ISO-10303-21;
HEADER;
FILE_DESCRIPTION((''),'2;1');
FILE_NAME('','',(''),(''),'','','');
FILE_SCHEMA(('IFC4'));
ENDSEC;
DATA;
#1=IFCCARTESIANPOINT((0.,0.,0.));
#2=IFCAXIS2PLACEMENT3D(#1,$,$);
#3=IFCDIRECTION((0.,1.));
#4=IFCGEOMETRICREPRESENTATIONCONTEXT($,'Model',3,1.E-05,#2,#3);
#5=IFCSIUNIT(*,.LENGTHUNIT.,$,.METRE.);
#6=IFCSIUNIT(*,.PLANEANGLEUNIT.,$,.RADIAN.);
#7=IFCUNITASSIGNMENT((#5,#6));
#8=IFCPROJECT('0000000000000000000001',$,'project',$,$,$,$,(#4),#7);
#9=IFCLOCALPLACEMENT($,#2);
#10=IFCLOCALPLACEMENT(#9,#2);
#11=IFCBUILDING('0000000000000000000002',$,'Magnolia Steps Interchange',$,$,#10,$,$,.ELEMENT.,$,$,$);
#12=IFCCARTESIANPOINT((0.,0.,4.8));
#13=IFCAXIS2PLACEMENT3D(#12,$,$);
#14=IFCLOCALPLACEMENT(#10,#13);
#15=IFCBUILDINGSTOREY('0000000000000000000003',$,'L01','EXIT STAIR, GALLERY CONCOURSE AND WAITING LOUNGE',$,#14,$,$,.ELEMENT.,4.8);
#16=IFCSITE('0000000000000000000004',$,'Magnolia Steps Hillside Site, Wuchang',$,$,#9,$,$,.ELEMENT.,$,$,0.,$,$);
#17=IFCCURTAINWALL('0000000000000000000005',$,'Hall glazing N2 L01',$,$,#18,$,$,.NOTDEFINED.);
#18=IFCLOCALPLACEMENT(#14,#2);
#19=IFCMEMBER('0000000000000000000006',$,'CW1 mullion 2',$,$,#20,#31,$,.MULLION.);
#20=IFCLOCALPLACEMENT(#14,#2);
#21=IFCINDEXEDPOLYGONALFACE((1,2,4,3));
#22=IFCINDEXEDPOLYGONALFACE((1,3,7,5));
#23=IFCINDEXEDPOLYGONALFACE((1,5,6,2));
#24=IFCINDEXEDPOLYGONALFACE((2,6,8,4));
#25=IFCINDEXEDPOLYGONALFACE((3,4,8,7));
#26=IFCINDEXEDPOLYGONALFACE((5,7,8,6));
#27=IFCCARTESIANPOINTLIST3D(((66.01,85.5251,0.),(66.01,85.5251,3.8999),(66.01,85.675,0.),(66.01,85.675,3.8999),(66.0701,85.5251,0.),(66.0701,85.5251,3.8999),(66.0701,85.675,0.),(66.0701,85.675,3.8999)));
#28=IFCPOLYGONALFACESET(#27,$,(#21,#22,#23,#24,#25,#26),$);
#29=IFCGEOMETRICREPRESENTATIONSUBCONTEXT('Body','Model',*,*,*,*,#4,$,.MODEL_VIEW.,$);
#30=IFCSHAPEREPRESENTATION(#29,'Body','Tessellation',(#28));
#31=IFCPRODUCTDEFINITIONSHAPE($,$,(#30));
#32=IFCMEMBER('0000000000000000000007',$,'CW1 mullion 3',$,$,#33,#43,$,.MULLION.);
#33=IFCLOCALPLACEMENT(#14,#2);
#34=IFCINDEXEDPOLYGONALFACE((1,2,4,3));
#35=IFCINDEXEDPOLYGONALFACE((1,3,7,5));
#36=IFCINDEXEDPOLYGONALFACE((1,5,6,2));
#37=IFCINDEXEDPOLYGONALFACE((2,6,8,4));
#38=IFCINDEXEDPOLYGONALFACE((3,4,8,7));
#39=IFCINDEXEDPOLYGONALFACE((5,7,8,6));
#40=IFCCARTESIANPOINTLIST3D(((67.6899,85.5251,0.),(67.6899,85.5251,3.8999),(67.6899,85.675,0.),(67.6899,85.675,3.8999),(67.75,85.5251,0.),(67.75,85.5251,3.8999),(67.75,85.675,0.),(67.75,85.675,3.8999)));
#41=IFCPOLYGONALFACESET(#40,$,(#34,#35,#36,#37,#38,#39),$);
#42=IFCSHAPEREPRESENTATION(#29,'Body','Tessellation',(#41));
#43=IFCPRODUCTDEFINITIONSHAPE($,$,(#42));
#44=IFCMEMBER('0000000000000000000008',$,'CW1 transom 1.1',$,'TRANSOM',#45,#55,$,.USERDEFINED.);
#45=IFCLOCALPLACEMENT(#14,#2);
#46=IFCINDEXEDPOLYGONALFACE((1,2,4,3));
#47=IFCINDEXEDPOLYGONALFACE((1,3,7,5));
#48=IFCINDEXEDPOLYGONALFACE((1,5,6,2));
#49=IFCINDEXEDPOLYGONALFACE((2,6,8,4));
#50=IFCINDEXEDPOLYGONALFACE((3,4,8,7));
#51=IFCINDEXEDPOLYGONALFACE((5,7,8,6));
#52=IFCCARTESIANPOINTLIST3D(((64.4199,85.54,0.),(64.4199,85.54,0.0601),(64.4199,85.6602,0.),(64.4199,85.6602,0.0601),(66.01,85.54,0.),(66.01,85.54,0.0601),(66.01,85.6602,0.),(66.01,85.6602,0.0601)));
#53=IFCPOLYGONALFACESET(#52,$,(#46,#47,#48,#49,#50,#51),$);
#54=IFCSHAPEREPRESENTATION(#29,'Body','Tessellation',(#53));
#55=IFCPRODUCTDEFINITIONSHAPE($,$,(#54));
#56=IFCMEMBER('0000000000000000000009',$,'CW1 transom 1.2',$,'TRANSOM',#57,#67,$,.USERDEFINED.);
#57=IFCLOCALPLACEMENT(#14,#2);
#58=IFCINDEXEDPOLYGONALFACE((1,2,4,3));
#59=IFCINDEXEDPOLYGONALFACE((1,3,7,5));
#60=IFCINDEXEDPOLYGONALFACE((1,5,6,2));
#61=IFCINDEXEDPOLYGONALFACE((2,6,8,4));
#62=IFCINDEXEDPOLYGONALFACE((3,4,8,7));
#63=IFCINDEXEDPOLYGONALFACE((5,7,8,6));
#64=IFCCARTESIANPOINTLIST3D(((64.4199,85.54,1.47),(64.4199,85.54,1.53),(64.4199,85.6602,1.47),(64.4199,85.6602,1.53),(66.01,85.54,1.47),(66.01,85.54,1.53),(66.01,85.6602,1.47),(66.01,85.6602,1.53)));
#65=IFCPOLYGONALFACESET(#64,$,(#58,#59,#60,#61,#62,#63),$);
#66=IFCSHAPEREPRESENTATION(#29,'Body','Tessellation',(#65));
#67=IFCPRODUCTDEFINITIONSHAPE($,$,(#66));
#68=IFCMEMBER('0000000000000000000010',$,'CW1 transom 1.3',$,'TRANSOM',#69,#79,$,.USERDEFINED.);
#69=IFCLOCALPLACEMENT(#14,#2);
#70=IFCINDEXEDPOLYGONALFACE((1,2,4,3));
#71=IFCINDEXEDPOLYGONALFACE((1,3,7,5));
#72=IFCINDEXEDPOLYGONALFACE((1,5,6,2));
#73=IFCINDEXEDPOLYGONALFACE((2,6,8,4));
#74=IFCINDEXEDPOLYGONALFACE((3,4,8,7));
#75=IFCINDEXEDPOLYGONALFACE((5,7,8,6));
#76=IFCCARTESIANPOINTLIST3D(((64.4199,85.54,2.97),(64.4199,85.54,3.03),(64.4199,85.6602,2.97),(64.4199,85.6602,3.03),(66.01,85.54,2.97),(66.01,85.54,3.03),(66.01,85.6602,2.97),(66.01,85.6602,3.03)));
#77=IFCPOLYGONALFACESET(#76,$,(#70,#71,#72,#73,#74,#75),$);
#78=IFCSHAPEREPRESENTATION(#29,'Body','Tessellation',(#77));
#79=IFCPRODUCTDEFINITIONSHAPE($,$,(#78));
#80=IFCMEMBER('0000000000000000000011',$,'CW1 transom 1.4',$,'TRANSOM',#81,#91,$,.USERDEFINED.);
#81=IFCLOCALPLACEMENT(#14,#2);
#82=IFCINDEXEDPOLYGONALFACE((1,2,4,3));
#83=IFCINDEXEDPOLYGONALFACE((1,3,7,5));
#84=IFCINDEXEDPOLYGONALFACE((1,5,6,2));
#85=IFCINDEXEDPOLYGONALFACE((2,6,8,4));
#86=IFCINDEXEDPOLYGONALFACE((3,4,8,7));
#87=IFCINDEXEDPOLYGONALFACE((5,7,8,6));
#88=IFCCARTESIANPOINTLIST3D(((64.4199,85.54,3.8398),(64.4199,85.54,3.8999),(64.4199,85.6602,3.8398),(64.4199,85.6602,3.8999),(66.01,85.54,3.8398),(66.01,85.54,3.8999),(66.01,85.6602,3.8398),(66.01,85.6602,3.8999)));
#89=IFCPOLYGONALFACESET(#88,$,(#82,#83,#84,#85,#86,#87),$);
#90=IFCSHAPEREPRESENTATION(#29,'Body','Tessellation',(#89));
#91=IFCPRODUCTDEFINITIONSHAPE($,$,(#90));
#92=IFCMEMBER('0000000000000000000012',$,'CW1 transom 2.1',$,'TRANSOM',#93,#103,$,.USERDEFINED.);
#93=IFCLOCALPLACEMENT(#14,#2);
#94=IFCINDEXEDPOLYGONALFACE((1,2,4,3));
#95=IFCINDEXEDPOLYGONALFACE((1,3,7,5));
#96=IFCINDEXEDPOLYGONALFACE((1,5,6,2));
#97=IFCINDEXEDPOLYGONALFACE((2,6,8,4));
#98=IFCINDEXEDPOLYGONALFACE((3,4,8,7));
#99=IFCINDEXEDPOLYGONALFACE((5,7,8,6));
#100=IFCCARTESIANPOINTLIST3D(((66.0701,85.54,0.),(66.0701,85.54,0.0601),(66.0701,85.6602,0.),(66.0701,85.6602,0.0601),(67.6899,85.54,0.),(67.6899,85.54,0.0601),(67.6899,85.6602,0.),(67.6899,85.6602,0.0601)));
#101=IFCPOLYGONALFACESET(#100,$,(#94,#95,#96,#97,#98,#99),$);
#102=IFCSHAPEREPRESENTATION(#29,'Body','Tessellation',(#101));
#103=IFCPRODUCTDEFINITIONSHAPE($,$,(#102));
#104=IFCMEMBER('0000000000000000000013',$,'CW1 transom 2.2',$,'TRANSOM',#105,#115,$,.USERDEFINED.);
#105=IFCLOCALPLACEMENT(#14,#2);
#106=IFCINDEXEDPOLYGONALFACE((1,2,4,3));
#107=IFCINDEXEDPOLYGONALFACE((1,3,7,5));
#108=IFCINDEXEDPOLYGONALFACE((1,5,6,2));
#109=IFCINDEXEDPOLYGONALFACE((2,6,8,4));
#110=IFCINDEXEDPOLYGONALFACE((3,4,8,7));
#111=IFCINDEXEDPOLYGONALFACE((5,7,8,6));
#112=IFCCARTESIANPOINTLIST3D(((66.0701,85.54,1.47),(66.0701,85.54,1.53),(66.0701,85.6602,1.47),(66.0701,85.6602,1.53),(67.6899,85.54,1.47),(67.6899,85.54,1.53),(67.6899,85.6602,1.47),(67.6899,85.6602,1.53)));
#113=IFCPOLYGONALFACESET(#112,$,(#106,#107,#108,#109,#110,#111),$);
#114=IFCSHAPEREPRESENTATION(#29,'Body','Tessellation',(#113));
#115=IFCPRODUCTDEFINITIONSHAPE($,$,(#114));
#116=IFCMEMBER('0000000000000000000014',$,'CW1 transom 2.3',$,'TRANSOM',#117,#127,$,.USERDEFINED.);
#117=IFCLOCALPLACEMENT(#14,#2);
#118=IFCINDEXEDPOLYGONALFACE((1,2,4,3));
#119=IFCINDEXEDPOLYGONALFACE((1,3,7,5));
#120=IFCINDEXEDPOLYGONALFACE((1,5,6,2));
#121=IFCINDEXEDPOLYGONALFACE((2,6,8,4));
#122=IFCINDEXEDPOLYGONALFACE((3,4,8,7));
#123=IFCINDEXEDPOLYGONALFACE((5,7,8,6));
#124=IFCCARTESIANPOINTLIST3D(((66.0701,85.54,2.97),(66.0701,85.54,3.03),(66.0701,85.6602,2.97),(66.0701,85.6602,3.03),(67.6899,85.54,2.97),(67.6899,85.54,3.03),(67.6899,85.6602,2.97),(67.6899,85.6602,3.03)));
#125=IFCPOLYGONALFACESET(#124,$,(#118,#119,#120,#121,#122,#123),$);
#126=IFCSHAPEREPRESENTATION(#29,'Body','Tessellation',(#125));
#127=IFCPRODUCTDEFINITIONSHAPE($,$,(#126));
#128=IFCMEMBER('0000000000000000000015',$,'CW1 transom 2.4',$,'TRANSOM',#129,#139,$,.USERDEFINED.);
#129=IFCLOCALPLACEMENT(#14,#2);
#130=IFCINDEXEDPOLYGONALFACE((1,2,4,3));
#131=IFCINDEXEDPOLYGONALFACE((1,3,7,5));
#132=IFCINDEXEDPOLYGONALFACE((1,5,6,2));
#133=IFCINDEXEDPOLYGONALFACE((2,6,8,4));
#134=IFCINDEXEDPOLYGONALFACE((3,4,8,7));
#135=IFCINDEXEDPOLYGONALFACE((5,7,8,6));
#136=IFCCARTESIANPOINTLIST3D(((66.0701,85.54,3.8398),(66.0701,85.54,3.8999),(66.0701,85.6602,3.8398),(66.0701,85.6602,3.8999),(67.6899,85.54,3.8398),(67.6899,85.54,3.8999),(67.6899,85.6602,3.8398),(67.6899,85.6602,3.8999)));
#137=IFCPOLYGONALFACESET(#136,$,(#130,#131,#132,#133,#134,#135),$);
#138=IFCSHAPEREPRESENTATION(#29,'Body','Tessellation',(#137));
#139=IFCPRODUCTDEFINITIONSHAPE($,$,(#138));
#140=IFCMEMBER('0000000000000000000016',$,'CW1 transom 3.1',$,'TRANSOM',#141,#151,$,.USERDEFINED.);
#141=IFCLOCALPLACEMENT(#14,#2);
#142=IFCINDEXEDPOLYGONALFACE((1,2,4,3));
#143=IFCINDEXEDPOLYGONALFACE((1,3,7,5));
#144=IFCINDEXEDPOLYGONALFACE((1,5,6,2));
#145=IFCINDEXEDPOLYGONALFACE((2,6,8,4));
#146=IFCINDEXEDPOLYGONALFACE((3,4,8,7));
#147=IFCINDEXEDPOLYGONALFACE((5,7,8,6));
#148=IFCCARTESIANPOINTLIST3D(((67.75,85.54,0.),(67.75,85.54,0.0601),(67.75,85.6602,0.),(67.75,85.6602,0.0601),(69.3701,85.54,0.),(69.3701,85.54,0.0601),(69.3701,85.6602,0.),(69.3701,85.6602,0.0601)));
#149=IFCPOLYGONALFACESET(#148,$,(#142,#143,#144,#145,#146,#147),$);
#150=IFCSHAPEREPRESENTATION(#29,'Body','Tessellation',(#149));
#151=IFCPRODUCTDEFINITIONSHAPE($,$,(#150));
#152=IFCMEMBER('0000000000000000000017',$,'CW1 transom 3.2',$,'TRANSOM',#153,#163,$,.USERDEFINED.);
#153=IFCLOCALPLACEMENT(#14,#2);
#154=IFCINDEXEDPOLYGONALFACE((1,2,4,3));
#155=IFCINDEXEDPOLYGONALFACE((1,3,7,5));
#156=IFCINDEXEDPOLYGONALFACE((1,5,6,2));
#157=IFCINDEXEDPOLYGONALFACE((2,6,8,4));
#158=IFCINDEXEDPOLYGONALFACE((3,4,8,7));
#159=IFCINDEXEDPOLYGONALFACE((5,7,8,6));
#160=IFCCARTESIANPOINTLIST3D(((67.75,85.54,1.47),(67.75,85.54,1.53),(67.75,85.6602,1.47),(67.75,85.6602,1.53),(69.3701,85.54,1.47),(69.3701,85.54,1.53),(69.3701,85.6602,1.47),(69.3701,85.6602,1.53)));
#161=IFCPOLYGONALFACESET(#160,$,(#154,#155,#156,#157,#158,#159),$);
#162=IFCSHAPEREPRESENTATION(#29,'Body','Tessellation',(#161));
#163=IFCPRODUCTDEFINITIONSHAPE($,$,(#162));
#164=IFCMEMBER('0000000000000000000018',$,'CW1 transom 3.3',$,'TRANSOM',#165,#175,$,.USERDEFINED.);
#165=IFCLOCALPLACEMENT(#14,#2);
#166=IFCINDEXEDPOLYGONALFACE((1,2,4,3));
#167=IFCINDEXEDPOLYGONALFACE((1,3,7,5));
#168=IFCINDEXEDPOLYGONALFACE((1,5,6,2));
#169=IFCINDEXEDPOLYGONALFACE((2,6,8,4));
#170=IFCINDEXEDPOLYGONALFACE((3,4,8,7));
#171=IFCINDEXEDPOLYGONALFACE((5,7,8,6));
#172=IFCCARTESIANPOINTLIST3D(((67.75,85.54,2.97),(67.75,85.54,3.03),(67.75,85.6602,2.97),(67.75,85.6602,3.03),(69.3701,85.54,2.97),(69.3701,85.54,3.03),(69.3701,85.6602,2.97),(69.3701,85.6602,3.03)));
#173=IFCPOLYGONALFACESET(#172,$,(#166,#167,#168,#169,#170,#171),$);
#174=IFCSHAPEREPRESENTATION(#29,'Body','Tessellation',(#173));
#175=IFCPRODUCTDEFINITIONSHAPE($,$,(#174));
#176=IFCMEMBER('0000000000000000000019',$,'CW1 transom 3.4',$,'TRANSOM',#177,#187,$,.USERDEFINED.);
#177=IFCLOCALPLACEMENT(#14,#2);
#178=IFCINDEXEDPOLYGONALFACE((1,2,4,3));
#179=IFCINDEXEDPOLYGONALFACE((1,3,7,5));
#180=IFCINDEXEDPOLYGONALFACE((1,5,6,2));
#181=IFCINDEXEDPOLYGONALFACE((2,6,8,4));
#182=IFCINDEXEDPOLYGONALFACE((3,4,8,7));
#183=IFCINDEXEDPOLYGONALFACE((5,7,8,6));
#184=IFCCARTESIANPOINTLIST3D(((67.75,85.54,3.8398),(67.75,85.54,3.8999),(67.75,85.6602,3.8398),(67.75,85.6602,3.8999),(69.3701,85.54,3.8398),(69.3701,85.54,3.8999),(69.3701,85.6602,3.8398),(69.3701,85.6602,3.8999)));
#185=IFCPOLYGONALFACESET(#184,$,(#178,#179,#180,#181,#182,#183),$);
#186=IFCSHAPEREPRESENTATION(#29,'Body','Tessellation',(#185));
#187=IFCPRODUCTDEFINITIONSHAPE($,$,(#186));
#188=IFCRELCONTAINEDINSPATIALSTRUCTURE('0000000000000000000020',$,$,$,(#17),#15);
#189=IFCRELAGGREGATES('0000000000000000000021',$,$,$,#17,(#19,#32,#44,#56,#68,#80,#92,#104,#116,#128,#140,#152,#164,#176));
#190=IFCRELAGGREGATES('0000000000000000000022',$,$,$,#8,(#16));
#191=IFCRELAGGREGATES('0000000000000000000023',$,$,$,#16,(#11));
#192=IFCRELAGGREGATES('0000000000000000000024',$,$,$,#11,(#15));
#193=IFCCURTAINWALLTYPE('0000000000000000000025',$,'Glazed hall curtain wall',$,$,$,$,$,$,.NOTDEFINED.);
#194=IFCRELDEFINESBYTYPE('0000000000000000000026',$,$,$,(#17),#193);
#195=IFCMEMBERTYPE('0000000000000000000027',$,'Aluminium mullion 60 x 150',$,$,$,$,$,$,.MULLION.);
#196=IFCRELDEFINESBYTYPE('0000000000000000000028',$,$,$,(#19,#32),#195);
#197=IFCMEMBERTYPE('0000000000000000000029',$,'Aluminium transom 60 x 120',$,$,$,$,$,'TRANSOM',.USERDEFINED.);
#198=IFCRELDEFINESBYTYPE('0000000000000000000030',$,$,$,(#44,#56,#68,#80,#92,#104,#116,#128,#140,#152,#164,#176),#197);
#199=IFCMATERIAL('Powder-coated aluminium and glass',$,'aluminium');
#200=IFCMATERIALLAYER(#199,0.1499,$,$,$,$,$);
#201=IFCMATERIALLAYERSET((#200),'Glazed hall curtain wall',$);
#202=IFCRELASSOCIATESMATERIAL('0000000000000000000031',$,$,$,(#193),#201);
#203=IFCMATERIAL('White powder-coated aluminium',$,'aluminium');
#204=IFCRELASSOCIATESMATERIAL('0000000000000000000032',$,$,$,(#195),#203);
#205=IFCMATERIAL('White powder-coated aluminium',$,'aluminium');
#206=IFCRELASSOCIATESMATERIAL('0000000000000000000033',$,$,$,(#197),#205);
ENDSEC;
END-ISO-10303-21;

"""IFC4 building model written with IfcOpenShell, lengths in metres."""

from ifc_helpers import new_model, si_unit, direction, frame, origin, origin_2d, place, context, subcontext, project, spatial, rectangle, extrude, material, layer, layer_set, material_profile, profile_set, type_object, element, aggregate, save


model = new_model("IFC4")

# Units and contexts
model_context = context("Model", 3, precision=1e-05, world=origin(), true_north=direction((0.0, 1.0)))
body_context = subcontext(model_context, "Body", "Model", "MODEL_VIEW")
ifc_project = project(units=[si_unit("LENGTHUNIT", "METRE"), si_unit("PLANEANGLEUNIT", "RADIAN")], contexts=[model_context])

# Site, building, storey
site_placement = place(None, origin())
site = spatial("IfcSite", under=ifc_project, at=site_placement, Name="Magnolia Steps Hillside Site, Wuchang", CompositionType="ELEMENT", RefElevation=0.0)
building_placement = place(site_placement, origin())
building = spatial("IfcBuilding", under=site, at=building_placement, Name="Magnolia Steps Interchange", CompositionType="ELEMENT")
storey_placement = place(building_placement, frame((0.0, 0.0, 4.8)))
storey = spatial("IfcBuildingStorey", under=building, at=storey_placement, Name="L01", Description="EXIT STAIR, GALLERY CONCOURSE AND WAITING LOUNGE", CompositionType="ELEMENT", Elevation=4.8)

# Curtain wall, members
ifc_material_1 = material(Name="Powder-coated aluminium and glass", Category="aluminium")
ifc_layer_1 = layer(ifc_material_1, 0.1499)
ifc_layer_set_1 = layer_set([ifc_layer_1], Name="Glazed hall curtain wall")
curtain_wall_type = type_object("IfcCurtainWallType", Name="Glazed hall curtain wall", PredefinedType="NOTDEFINED", material=ifc_layer_set_1)
curtain_wall_placement = place(storey_placement, origin())
curtain_wall = element("IfcCurtainWall", 1, at=curtain_wall_placement, inside=storey, type_object=curtain_wall_type, Name="Hall glazing N2 L01", PredefinedType="NOTDEFINED")
ifc_material_2 = material(Name="White powder-coated aluminium", Category="aluminium")
ifc_material_profile_1 = material_profile(ifc_material_2, rectangle(XDim=0.0601, YDim=0.1499, at=origin_2d()), Name="Aluminium mullion 60 x 150")
ifc_profile_set_1 = profile_set([ifc_material_profile_1], Name="White powder-coated aluminium")
member_type_1 = type_object("IfcMemberType", Name="Aluminium mullion 60 x 150", PredefinedType="MULLION", material=ifc_profile_set_1)
member_1_placement = place(storey_placement, frame((66.04, 85.6001, 0.0), z_axis=(0.0, 0.0, 1.0), x_axis=(1.0, 0.0, 0.0)))
member_1 = element("IfcMember", 2, at=member_1_placement, type_object=member_type_1, Name="CW1 mullion 2", PredefinedType="MULLION", context=body_context, shape_type="SweptSolid", body=[
    extrude(rectangle(XDim=0.0601, YDim=0.1499, at=origin_2d()), origin(), (0.0, 0.0, 1.0), 3.8999),
])
member_2_placement = place(storey_placement, frame((67.72, 85.6001, 0.0), z_axis=(0.0, 0.0, 1.0), x_axis=(1.0, 0.0, 0.0)))
member_2 = element("IfcMember", 3, at=member_2_placement, type_object=member_type_1, Name="CW1 mullion 3", PredefinedType="MULLION", context=body_context, shape_type="SweptSolid", body=[
    extrude(rectangle(XDim=0.0601, YDim=0.1499, at=origin_2d()), origin(), (0.0, 0.0, 1.0), 3.8999),
])
ifc_material_3 = material(Name="White powder-coated aluminium", Category="aluminium")
ifc_material_profile_2 = material_profile(ifc_material_3, rectangle(XDim=0.0601, YDim=0.1201, at=origin_2d()), Name="Aluminium transom 60 x 120")
ifc_profile_set_2 = profile_set([ifc_material_profile_2], Name="White powder-coated aluminium")
member_type_2 = type_object("IfcMemberType", Name="Aluminium transom 60 x 120", ElementType="TRANSOM", PredefinedType="USERDEFINED", material=ifc_profile_set_2)
member_3_placement = place(storey_placement, frame((64.4199, 85.6001, 0.03), z_axis=(1.0, 0.0, 0.0), x_axis=(0.0, 0.0, 1.0)))
member_3 = element("IfcMember", 4, at=member_3_placement, type_object=member_type_2, Name="CW1 transom 1.1", ObjectType="TRANSOM", PredefinedType="USERDEFINED", context=body_context, shape_type="SweptSolid", body=[
    extrude(rectangle(XDim=0.0601, YDim=0.1201, at=origin_2d()), origin(), (0.0, 0.0, 1.0), 1.5901),
])
member_4_placement = place(storey_placement, frame((64.4199, 85.6001, 1.5), z_axis=(1.0, 0.0, 0.0), x_axis=(0.0, 0.0, 1.0)))
member_4 = element("IfcMember", 5, at=member_4_placement, type_object=member_type_2, Name="CW1 transom 1.2", ObjectType="TRANSOM", PredefinedType="USERDEFINED", context=body_context, shape_type="SweptSolid", body=[
    extrude(rectangle(XDim=0.0601, YDim=0.1201, at=origin_2d()), origin(), (0.0, 0.0, 1.0), 1.5901),
])
member_5_placement = place(storey_placement, frame((64.4199, 85.6001, 3.0), z_axis=(1.0, 0.0, 0.0), x_axis=(0.0, 0.0, 1.0)))
member_5 = element("IfcMember", 6, at=member_5_placement, type_object=member_type_2, Name="CW1 transom 1.3", ObjectType="TRANSOM", PredefinedType="USERDEFINED", context=body_context, shape_type="SweptSolid", body=[
    extrude(rectangle(XDim=0.0601, YDim=0.1201, at=origin_2d()), origin(), (0.0, 0.0, 1.0), 1.5901),
])
member_6_placement = place(storey_placement, frame((64.4199, 85.6001, 3.8699), z_axis=(1.0, 0.0, 0.0), x_axis=(0.0, 0.0, 1.0)))
member_6 = element("IfcMember", 7, at=member_6_placement, type_object=member_type_2, Name="CW1 transom 1.4", ObjectType="TRANSOM", PredefinedType="USERDEFINED", context=body_context, shape_type="SweptSolid", body=[
    extrude(rectangle(XDim=0.0601, YDim=0.1201, at=origin_2d()), origin(), (0.0, 0.0, 1.0), 1.5901),
])
member_7_placement = place(storey_placement, frame((66.0701, 85.6001, 0.03), z_axis=(1.0, 0.0, 0.0), x_axis=(0.0, 0.0, 1.0)))
member_7 = element("IfcMember", 8, at=member_7_placement, type_object=member_type_2, Name="CW1 transom 2.1", ObjectType="TRANSOM", PredefinedType="USERDEFINED", context=body_context, shape_type="SweptSolid", body=[
    extrude(rectangle(XDim=0.0601, YDim=0.1201, at=origin_2d()), origin(), (0.0, 0.0, 1.0), 1.6199),
])
member_8_placement = place(storey_placement, frame((66.0701, 85.6001, 1.5), z_axis=(1.0, 0.0, 0.0), x_axis=(0.0, 0.0, 1.0)))
member_8 = element("IfcMember", 9, at=member_8_placement, type_object=member_type_2, Name="CW1 transom 2.2", ObjectType="TRANSOM", PredefinedType="USERDEFINED", context=body_context, shape_type="SweptSolid", body=[
    extrude(rectangle(XDim=0.0601, YDim=0.1201, at=origin_2d()), origin(), (0.0, 0.0, 1.0), 1.6199),
])
member_9_placement = place(storey_placement, frame((66.0701, 85.6001, 3.0), z_axis=(1.0, 0.0, 0.0), x_axis=(0.0, 0.0, 1.0)))
member_9 = element("IfcMember", 10, at=member_9_placement, type_object=member_type_2, Name="CW1 transom 2.3", ObjectType="TRANSOM", PredefinedType="USERDEFINED", context=body_context, shape_type="SweptSolid", body=[
    extrude(rectangle(XDim=0.0601, YDim=0.1201, at=origin_2d()), origin(), (0.0, 0.0, 1.0), 1.6199),
])
member_10_placement = place(storey_placement, frame((66.0701, 85.6001, 3.8699), z_axis=(1.0, 0.0, 0.0), x_axis=(0.0, 0.0, 1.0)))
member_10 = element("IfcMember", 11, at=member_10_placement, type_object=member_type_2, Name="CW1 transom 2.4", ObjectType="TRANSOM", PredefinedType="USERDEFINED", context=body_context, shape_type="SweptSolid", body=[
    extrude(rectangle(XDim=0.0601, YDim=0.1201, at=origin_2d()), origin(), (0.0, 0.0, 1.0), 1.6199),
])
member_11_placement = place(storey_placement, frame((67.75, 85.6001, 0.03), z_axis=(1.0, 0.0, 0.0), x_axis=(0.0, 0.0, 1.0)))
member_11 = element("IfcMember", 12, at=member_11_placement, type_object=member_type_2, Name="CW1 transom 3.1", ObjectType="TRANSOM", PredefinedType="USERDEFINED", context=body_context, shape_type="SweptSolid", body=[
    extrude(rectangle(XDim=0.0601, YDim=0.1201, at=origin_2d()), origin(), (0.0, 0.0, 1.0), 1.6201),
])
member_12_placement = place(storey_placement, frame((67.75, 85.6001, 1.5), z_axis=(1.0, 0.0, 0.0), x_axis=(0.0, 0.0, 1.0)))
member_12 = element("IfcMember", 13, at=member_12_placement, type_object=member_type_2, Name="CW1 transom 3.2", ObjectType="TRANSOM", PredefinedType="USERDEFINED", context=body_context, shape_type="SweptSolid", body=[
    extrude(rectangle(XDim=0.0601, YDim=0.1201, at=origin_2d()), origin(), (0.0, 0.0, 1.0), 1.6201),
])
member_13_placement = place(storey_placement, frame((67.75, 85.6001, 3.0), z_axis=(1.0, 0.0, 0.0), x_axis=(0.0, 0.0, 1.0)))
member_13 = element("IfcMember", 14, at=member_13_placement, type_object=member_type_2, Name="CW1 transom 3.3", ObjectType="TRANSOM", PredefinedType="USERDEFINED", context=body_context, shape_type="SweptSolid", body=[
    extrude(rectangle(XDim=0.0601, YDim=0.1201, at=origin_2d()), origin(), (0.0, 0.0, 1.0), 1.6201),
])
member_14_placement = place(storey_placement, frame((67.75, 85.6001, 3.8699), z_axis=(1.0, 0.0, 0.0), x_axis=(0.0, 0.0, 1.0)))
member_14 = element("IfcMember", 15, at=member_14_placement, type_object=member_type_2, Name="CW1 transom 3.4", ObjectType="TRANSOM", PredefinedType="USERDEFINED", context=body_context, shape_type="SweptSolid", body=[
    extrude(rectangle(XDim=0.0601, YDim=0.1201, at=origin_2d()), origin(), (0.0, 0.0, 1.0), 1.6201),
])
aggregate(curtain_wall, [member_1, member_2, member_3, member_4, member_5, member_6, member_7, member_8, member_9, member_10, member_11, member_12, member_13, member_14])

save(model, "model.ifc")
